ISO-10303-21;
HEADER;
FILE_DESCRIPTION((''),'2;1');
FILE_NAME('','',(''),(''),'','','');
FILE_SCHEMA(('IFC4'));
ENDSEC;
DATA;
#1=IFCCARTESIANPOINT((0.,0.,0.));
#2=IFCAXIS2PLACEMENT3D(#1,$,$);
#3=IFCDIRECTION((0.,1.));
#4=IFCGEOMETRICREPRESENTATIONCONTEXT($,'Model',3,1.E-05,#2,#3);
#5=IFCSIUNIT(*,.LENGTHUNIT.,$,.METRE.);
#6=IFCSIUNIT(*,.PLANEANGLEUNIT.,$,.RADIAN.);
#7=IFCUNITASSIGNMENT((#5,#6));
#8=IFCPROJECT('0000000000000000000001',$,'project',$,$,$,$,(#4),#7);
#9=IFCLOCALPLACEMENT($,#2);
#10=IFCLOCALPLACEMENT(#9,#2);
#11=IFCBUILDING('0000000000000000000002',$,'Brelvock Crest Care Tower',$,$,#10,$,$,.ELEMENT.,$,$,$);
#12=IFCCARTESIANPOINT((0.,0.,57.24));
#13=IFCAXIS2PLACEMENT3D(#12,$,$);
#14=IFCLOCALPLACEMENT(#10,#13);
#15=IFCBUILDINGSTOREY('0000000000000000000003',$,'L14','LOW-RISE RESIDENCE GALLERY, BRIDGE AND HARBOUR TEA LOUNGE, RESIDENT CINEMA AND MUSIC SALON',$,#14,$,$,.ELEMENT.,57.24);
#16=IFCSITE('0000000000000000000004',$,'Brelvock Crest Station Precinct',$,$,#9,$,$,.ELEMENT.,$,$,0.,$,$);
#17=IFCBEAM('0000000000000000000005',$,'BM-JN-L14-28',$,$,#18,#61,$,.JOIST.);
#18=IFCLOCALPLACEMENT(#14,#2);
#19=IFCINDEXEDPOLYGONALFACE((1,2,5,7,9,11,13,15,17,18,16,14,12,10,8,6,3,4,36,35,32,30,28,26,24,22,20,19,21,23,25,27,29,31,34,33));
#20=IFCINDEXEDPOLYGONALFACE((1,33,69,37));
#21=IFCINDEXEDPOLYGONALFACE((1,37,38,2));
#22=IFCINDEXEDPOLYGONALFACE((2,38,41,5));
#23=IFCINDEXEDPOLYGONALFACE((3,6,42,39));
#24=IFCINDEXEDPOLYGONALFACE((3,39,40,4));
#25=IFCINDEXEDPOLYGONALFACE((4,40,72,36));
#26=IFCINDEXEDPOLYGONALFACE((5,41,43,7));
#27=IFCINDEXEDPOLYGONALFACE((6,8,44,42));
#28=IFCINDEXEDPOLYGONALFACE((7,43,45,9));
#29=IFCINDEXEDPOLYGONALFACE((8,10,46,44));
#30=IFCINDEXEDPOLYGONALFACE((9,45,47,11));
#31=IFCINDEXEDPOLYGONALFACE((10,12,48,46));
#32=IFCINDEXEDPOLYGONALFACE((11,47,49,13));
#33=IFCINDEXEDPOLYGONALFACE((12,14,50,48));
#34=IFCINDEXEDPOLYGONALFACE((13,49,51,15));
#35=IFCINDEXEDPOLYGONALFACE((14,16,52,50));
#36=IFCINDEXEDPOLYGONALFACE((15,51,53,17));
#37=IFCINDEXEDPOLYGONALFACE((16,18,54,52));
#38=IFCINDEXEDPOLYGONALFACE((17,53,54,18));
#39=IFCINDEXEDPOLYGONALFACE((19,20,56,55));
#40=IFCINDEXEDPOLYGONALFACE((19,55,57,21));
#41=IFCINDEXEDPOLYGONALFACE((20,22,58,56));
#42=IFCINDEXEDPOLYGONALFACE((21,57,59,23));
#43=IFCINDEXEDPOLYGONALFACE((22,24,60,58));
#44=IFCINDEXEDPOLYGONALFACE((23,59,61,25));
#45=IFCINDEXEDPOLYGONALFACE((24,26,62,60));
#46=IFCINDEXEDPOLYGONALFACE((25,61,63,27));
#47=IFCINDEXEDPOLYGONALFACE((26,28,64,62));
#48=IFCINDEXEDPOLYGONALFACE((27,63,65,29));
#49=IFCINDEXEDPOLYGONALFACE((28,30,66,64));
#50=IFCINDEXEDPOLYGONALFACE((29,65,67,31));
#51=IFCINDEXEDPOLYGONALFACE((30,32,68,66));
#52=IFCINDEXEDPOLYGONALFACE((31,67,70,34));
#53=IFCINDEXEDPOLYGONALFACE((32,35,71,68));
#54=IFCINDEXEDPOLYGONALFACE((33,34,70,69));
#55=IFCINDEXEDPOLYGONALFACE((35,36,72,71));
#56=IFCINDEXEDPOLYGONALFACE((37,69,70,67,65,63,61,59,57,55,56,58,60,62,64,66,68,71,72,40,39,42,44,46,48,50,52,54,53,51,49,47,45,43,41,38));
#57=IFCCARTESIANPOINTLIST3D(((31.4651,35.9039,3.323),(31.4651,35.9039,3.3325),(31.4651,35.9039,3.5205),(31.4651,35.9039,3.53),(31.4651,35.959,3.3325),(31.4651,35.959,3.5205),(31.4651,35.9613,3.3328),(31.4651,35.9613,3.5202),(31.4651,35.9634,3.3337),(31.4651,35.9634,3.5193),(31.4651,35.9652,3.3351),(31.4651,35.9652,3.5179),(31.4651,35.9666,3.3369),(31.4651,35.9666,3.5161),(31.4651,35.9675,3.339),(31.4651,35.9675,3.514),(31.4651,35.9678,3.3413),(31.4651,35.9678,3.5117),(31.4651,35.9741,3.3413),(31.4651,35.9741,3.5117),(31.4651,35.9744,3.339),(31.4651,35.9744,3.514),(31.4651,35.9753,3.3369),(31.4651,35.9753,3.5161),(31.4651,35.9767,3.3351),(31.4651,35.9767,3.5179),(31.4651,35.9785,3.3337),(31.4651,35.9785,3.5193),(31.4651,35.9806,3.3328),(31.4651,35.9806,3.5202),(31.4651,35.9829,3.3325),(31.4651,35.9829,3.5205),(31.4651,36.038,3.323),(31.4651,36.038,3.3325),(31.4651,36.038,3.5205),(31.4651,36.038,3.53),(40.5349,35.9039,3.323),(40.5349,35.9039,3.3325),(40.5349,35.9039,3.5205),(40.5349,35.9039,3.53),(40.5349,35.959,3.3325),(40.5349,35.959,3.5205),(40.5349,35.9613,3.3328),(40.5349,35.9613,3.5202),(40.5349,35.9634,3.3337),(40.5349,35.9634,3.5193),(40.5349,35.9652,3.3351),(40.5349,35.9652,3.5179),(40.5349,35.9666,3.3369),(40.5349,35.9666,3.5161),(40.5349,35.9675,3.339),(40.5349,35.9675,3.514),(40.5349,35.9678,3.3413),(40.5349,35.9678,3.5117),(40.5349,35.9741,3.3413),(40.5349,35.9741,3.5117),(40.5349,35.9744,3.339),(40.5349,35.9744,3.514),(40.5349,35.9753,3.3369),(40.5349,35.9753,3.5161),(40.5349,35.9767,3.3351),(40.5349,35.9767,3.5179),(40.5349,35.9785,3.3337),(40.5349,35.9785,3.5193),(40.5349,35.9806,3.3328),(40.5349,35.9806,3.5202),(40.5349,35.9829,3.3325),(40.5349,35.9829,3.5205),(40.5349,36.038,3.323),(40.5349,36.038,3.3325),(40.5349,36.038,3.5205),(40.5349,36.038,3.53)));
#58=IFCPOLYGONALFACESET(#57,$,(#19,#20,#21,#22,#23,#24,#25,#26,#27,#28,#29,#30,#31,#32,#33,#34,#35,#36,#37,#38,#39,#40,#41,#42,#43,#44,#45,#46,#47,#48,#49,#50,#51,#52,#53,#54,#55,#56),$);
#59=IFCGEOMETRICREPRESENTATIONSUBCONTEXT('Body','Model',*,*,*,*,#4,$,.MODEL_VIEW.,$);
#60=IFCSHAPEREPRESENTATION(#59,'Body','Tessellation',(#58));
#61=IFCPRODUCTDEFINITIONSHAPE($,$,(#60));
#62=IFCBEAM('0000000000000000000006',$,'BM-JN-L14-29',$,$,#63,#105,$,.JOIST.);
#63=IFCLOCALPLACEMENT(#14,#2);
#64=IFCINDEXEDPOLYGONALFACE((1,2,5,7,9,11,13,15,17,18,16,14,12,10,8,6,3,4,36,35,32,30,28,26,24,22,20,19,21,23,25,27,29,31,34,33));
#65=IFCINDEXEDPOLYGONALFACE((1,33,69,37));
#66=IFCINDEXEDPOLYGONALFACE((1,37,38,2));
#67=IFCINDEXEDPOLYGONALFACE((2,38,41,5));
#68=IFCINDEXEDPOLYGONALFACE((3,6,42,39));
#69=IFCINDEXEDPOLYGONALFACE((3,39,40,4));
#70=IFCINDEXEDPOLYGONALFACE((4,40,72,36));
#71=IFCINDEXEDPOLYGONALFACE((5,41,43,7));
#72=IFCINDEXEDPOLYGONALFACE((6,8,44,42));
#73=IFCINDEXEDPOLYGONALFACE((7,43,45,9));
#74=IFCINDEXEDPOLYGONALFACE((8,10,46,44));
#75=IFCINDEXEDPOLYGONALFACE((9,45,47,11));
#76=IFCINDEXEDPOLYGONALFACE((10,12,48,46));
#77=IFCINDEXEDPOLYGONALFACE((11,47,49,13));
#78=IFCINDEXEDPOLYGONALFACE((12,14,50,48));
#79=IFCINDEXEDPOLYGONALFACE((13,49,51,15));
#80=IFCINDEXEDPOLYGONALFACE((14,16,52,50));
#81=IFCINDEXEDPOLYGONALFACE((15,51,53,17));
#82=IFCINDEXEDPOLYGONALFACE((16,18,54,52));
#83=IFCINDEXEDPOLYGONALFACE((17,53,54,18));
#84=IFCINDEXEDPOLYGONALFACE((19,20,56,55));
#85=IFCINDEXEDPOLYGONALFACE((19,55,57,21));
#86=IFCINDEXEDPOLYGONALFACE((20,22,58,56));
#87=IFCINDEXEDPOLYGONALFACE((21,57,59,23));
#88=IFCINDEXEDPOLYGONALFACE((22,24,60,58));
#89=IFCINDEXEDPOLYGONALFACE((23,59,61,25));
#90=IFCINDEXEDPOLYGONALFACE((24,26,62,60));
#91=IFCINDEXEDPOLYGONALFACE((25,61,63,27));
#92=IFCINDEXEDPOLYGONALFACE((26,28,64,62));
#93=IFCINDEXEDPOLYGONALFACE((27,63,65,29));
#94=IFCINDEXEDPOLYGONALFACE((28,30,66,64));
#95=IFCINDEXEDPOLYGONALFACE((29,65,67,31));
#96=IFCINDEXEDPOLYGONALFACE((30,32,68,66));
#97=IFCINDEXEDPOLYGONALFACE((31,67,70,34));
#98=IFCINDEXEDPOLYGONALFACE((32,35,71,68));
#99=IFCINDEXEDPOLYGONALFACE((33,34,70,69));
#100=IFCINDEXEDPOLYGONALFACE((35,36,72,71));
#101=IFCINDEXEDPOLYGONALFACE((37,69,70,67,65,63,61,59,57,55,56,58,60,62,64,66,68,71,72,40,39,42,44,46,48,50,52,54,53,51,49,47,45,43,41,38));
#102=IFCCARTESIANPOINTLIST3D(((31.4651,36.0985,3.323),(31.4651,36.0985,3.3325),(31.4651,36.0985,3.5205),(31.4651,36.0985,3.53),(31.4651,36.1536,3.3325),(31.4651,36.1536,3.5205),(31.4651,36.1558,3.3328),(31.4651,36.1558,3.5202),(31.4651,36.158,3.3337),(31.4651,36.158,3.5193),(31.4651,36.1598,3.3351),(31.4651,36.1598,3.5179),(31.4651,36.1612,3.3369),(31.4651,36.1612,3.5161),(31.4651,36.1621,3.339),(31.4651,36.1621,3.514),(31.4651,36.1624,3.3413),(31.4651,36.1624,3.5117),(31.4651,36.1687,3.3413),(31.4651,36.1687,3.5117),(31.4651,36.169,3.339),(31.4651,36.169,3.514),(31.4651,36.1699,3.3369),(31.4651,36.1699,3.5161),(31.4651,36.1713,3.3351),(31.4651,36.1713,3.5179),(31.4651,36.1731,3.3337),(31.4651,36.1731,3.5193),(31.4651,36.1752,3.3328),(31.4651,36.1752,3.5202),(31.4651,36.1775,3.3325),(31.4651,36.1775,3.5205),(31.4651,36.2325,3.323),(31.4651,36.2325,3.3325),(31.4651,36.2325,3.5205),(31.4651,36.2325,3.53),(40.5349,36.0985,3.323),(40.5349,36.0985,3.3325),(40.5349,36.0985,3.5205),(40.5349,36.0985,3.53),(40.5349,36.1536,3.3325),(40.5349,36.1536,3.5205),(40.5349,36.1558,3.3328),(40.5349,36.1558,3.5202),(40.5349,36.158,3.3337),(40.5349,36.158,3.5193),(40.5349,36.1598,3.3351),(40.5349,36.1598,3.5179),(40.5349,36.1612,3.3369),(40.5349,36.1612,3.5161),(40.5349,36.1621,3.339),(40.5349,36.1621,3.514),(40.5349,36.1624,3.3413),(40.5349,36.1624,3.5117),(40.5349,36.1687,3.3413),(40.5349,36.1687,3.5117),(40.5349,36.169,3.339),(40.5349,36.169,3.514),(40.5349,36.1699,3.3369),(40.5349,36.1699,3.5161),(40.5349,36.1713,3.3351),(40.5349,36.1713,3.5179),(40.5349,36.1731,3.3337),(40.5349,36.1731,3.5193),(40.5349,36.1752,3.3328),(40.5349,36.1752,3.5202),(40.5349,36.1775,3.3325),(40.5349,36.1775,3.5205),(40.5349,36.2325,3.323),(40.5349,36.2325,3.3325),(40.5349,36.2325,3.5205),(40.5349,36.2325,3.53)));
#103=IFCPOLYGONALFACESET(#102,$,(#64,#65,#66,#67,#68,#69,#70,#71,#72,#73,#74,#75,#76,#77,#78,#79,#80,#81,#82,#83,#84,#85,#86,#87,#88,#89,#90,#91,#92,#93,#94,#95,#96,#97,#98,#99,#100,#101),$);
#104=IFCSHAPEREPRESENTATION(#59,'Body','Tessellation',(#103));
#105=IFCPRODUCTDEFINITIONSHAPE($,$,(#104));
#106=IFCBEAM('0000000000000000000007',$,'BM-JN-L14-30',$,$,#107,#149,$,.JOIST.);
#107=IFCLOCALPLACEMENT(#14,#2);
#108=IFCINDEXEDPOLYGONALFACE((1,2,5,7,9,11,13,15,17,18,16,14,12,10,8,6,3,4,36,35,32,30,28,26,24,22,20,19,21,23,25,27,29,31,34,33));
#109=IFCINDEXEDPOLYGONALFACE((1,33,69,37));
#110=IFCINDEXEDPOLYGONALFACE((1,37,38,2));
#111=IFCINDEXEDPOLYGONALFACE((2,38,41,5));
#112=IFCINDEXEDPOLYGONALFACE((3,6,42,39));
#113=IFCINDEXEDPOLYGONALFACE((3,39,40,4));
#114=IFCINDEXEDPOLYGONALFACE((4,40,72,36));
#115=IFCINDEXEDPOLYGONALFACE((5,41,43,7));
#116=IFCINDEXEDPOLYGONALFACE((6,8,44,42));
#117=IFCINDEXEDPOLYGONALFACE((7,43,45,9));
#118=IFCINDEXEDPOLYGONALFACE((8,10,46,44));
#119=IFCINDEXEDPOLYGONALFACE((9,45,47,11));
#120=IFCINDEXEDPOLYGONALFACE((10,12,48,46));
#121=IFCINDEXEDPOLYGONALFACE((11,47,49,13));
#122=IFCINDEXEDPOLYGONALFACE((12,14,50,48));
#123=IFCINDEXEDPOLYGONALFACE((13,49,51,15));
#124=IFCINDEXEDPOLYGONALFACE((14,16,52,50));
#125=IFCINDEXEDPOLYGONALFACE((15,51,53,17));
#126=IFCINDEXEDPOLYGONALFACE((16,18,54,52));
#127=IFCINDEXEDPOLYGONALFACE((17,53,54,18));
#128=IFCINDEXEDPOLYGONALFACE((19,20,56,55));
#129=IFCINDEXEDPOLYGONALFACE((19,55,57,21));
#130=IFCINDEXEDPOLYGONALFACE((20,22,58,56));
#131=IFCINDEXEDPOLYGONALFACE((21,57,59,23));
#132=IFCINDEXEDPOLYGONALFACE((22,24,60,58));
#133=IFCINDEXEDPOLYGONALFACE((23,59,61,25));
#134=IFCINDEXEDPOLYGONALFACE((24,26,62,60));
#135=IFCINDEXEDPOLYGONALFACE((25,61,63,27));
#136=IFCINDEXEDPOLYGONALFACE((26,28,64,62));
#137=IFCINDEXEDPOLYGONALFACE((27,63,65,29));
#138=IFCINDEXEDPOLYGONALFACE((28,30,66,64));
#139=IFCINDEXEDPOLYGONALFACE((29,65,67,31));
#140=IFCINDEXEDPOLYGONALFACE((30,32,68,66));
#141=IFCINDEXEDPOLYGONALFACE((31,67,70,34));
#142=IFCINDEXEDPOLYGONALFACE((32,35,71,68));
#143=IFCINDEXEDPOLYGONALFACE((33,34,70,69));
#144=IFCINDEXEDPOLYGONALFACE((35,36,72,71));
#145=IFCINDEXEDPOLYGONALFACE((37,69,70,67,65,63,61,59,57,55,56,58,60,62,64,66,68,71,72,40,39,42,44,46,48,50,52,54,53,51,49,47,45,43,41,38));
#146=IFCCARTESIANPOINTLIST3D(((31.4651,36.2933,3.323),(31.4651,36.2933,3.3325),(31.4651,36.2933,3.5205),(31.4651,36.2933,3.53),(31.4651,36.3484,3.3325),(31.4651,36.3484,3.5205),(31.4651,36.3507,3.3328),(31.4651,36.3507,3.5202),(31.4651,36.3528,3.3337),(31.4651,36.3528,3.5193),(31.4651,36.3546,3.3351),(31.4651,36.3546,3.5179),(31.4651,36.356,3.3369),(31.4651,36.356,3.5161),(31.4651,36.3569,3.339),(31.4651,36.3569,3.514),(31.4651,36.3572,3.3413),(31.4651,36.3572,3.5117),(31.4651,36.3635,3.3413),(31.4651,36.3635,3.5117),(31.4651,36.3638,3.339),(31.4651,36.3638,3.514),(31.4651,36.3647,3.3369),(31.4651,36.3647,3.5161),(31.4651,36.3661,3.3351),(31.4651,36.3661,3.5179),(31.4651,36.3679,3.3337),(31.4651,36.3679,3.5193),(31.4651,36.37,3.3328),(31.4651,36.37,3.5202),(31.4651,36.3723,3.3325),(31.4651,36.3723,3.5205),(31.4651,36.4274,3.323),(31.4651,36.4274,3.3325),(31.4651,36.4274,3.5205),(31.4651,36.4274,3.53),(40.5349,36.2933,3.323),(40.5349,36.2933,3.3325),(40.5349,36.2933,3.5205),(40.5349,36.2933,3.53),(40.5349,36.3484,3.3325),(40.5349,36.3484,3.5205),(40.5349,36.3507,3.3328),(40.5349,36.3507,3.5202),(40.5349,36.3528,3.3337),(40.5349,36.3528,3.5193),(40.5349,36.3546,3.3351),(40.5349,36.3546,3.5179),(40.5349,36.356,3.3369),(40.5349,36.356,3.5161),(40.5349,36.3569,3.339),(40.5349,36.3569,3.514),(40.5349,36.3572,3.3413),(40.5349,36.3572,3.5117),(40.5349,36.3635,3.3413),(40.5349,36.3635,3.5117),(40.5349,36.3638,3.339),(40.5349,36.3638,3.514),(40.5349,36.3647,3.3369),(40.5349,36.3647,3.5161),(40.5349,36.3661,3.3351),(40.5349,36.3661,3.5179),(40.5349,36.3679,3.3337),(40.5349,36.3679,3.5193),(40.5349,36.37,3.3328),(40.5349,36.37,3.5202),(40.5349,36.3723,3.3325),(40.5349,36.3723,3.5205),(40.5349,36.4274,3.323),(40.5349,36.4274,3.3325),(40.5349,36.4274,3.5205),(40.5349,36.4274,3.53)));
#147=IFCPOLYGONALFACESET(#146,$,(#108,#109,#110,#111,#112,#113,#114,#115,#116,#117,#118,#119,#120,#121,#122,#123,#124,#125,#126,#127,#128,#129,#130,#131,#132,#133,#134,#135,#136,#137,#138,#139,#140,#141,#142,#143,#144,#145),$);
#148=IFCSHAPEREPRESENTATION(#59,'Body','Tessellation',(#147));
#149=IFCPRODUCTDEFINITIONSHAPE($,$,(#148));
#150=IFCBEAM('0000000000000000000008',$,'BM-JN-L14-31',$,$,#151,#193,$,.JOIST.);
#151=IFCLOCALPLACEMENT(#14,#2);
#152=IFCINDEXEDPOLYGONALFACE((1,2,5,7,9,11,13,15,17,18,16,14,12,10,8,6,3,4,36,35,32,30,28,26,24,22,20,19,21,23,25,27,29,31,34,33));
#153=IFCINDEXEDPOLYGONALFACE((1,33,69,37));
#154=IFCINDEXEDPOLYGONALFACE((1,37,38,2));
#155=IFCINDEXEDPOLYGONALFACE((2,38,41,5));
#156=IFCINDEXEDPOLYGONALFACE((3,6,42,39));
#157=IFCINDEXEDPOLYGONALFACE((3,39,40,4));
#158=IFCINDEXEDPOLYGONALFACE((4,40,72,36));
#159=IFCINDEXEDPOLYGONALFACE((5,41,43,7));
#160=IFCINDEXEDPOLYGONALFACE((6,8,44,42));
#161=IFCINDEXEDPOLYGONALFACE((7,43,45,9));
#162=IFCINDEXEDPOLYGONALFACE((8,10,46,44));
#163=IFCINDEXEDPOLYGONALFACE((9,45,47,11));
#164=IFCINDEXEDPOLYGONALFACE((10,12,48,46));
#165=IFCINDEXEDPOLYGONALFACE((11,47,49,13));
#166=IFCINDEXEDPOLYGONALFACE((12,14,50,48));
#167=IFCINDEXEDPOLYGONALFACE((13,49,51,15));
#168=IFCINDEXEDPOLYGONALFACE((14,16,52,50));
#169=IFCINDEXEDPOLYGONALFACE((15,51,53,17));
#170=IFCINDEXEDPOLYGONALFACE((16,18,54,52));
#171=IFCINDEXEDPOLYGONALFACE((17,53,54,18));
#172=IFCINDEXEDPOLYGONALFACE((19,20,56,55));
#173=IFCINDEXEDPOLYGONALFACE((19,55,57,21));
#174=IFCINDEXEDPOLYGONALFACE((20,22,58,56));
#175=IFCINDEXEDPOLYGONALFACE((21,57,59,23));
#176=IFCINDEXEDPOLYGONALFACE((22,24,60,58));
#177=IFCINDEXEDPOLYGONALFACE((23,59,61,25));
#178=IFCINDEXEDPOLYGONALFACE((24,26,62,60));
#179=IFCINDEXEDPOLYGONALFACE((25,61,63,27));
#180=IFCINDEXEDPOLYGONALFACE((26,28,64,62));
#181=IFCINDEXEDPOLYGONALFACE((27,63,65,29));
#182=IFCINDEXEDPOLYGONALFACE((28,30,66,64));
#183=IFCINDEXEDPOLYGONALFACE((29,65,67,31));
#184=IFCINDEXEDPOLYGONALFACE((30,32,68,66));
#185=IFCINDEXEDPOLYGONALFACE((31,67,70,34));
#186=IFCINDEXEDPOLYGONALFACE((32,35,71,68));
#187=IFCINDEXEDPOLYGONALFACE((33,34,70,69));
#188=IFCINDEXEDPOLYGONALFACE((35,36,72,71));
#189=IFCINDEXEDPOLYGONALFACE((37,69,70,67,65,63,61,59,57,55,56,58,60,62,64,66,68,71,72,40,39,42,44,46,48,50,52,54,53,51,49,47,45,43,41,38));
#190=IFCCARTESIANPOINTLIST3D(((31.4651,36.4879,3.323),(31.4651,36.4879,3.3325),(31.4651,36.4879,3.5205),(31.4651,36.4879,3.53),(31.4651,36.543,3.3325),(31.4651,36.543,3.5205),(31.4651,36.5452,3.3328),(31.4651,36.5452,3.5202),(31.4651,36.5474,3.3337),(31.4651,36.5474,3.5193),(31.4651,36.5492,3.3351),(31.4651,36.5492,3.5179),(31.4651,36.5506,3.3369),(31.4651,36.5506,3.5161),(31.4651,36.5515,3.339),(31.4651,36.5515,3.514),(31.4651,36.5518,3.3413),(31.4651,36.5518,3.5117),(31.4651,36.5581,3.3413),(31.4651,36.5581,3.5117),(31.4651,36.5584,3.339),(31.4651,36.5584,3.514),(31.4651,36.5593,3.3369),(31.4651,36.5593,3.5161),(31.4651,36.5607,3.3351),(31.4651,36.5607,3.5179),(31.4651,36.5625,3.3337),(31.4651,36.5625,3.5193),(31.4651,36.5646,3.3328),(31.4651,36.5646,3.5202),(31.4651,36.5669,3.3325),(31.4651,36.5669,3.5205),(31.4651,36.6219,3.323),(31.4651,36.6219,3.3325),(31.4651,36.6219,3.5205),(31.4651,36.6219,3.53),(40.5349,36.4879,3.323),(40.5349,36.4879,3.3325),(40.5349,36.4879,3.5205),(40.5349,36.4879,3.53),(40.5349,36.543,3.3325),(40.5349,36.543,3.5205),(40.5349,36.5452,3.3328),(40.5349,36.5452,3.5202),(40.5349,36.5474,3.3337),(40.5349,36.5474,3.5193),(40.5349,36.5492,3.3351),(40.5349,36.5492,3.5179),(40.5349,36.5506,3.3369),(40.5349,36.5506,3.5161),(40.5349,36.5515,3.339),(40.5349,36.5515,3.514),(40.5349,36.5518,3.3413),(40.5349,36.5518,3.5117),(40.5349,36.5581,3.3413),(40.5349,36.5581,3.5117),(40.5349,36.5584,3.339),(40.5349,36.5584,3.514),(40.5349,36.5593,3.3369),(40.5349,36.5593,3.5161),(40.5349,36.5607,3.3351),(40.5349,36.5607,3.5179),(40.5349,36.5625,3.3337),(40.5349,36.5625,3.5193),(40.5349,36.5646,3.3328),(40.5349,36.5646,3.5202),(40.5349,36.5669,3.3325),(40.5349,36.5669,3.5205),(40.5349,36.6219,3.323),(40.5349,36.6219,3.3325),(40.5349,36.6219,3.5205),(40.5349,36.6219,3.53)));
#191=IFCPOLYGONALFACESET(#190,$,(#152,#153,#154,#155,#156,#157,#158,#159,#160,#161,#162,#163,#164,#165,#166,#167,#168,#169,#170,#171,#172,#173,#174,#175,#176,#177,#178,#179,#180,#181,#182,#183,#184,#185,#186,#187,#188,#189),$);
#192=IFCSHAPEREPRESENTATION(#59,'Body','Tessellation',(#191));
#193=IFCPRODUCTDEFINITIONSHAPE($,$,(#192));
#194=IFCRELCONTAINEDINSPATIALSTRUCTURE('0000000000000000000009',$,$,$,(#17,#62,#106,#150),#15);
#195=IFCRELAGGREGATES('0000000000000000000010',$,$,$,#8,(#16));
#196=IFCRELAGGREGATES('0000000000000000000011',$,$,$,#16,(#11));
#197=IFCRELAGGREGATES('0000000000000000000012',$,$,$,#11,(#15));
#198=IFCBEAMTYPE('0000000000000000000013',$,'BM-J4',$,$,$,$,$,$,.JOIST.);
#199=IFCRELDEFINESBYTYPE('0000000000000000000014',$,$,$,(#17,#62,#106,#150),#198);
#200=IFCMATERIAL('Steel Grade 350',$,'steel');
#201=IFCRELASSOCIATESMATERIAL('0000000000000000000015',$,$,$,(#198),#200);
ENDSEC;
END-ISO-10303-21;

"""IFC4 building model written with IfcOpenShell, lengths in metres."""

from ifc_helpers import new_model, si_unit, direction, frame, origin, origin_2d, place, context, subcontext, project, spatial, i_section, extrude, source, transform, mapped, material, material_profile, profile_set, type_object, element, save


model = new_model("IFC4")

# Units and contexts
model_context = context("Model", 3, precision=1e-05, world=origin(), true_north=direction((0.0, 1.0)))
body_context = subcontext(model_context, "Body", "Model", "MODEL_VIEW")
ifc_project = project(units=[si_unit("LENGTHUNIT", "METRE"), si_unit("PLANEANGLEUNIT", "RADIAN")], contexts=[model_context])

# Site, building, storey
site_placement = place(None, origin())
site = spatial("IfcSite", under=ifc_project, at=site_placement, Name="Brelvock Crest Station Precinct", CompositionType="ELEMENT", RefElevation=0.0)
building_placement = place(site_placement, origin())
building = spatial("IfcBuilding", under=site, at=building_placement, Name="Brelvock Crest Care Tower", CompositionType="ELEMENT")
storey_placement = place(building_placement, frame((0.0, 0.0, 57.24)))
storey = spatial("IfcBuildingStorey", under=building, at=storey_placement, Name="L14", Description="LOW-RISE RESIDENCE GALLERY, BRIDGE AND HARBOUR TEA LOUNGE, RESIDENT CINEMA AND MUSIC SALON", CompositionType="ELEMENT", Elevation=57.24)

# Shared definitions
ifc_material_1 = material(Name="Steel Grade 350", Category="steel")

# Beams
ifc_material_profile_1 = material_profile(ifc_material_1, i_section(OverallWidth=0.134, OverallDepth=0.207, WebThickness=0.0063, FlangeThickness=0.0095, FilletRadius=0.0088, at=origin_2d()), Name="200UB29.8")
ifc_profile_set_1 = profile_set([ifc_material_profile_1], Name="Steel Grade 350")
beam_type_1 = type_object("IfcBeamType", Name="BM-J4", PredefinedType="JOIST", material=ifc_profile_set_1)
shared_shape_1 = source(origin(), body_context, "Body", "SweptSolid", [
    extrude(i_section(OverallWidth=0.134, OverallDepth=0.207, WebThickness=0.0063, FlangeThickness=0.0095, FilletRadius=0.0088, at=origin_2d()), origin(), (0.0, 0.0, 1.0), 9.0698),
])
for number, where, z_axis, x_axis, name in (
    (1, (31.4651, 35.9709, 3.4265), (1.0, 0.0, 0.0), (0.0, 1.0, 0.0), "BM-JN-L14-28"),
    (2, (31.4651, 36.1655, 3.4265), (1.0, 0.0, 0.0), (0.0, 1.0, 0.0), "BM-JN-L14-29"),
    (3, (31.4651, 36.3604, 3.4265), (1.0, 0.0, 0.0), (0.0, 1.0, 0.0), "BM-JN-L14-30"),
    (4, (31.4651, 36.5549, 3.4265), (1.0, 0.0, 0.0), (0.0, 1.0, 0.0), "BM-JN-L14-31"),
):
    element("IfcBeam", number, at=place(storey_placement, frame(where, z_axis=z_axis, x_axis=x_axis)), inside=storey, type_object=beam_type_1, Name=name, PredefinedType="JOIST", context=body_context, shape_type="MappedRepresentation", body=[
        mapped(shared_shape_1, transform((0.0, 0.0, 0.0), x_axis=(1.0, 0.0, 0.0), y_axis=(0.0, 1.0, 0.0), z_axis=(0.0, 0.0, 1.0), scale=1.0)),
    ])

save(model, "model.ifc")
